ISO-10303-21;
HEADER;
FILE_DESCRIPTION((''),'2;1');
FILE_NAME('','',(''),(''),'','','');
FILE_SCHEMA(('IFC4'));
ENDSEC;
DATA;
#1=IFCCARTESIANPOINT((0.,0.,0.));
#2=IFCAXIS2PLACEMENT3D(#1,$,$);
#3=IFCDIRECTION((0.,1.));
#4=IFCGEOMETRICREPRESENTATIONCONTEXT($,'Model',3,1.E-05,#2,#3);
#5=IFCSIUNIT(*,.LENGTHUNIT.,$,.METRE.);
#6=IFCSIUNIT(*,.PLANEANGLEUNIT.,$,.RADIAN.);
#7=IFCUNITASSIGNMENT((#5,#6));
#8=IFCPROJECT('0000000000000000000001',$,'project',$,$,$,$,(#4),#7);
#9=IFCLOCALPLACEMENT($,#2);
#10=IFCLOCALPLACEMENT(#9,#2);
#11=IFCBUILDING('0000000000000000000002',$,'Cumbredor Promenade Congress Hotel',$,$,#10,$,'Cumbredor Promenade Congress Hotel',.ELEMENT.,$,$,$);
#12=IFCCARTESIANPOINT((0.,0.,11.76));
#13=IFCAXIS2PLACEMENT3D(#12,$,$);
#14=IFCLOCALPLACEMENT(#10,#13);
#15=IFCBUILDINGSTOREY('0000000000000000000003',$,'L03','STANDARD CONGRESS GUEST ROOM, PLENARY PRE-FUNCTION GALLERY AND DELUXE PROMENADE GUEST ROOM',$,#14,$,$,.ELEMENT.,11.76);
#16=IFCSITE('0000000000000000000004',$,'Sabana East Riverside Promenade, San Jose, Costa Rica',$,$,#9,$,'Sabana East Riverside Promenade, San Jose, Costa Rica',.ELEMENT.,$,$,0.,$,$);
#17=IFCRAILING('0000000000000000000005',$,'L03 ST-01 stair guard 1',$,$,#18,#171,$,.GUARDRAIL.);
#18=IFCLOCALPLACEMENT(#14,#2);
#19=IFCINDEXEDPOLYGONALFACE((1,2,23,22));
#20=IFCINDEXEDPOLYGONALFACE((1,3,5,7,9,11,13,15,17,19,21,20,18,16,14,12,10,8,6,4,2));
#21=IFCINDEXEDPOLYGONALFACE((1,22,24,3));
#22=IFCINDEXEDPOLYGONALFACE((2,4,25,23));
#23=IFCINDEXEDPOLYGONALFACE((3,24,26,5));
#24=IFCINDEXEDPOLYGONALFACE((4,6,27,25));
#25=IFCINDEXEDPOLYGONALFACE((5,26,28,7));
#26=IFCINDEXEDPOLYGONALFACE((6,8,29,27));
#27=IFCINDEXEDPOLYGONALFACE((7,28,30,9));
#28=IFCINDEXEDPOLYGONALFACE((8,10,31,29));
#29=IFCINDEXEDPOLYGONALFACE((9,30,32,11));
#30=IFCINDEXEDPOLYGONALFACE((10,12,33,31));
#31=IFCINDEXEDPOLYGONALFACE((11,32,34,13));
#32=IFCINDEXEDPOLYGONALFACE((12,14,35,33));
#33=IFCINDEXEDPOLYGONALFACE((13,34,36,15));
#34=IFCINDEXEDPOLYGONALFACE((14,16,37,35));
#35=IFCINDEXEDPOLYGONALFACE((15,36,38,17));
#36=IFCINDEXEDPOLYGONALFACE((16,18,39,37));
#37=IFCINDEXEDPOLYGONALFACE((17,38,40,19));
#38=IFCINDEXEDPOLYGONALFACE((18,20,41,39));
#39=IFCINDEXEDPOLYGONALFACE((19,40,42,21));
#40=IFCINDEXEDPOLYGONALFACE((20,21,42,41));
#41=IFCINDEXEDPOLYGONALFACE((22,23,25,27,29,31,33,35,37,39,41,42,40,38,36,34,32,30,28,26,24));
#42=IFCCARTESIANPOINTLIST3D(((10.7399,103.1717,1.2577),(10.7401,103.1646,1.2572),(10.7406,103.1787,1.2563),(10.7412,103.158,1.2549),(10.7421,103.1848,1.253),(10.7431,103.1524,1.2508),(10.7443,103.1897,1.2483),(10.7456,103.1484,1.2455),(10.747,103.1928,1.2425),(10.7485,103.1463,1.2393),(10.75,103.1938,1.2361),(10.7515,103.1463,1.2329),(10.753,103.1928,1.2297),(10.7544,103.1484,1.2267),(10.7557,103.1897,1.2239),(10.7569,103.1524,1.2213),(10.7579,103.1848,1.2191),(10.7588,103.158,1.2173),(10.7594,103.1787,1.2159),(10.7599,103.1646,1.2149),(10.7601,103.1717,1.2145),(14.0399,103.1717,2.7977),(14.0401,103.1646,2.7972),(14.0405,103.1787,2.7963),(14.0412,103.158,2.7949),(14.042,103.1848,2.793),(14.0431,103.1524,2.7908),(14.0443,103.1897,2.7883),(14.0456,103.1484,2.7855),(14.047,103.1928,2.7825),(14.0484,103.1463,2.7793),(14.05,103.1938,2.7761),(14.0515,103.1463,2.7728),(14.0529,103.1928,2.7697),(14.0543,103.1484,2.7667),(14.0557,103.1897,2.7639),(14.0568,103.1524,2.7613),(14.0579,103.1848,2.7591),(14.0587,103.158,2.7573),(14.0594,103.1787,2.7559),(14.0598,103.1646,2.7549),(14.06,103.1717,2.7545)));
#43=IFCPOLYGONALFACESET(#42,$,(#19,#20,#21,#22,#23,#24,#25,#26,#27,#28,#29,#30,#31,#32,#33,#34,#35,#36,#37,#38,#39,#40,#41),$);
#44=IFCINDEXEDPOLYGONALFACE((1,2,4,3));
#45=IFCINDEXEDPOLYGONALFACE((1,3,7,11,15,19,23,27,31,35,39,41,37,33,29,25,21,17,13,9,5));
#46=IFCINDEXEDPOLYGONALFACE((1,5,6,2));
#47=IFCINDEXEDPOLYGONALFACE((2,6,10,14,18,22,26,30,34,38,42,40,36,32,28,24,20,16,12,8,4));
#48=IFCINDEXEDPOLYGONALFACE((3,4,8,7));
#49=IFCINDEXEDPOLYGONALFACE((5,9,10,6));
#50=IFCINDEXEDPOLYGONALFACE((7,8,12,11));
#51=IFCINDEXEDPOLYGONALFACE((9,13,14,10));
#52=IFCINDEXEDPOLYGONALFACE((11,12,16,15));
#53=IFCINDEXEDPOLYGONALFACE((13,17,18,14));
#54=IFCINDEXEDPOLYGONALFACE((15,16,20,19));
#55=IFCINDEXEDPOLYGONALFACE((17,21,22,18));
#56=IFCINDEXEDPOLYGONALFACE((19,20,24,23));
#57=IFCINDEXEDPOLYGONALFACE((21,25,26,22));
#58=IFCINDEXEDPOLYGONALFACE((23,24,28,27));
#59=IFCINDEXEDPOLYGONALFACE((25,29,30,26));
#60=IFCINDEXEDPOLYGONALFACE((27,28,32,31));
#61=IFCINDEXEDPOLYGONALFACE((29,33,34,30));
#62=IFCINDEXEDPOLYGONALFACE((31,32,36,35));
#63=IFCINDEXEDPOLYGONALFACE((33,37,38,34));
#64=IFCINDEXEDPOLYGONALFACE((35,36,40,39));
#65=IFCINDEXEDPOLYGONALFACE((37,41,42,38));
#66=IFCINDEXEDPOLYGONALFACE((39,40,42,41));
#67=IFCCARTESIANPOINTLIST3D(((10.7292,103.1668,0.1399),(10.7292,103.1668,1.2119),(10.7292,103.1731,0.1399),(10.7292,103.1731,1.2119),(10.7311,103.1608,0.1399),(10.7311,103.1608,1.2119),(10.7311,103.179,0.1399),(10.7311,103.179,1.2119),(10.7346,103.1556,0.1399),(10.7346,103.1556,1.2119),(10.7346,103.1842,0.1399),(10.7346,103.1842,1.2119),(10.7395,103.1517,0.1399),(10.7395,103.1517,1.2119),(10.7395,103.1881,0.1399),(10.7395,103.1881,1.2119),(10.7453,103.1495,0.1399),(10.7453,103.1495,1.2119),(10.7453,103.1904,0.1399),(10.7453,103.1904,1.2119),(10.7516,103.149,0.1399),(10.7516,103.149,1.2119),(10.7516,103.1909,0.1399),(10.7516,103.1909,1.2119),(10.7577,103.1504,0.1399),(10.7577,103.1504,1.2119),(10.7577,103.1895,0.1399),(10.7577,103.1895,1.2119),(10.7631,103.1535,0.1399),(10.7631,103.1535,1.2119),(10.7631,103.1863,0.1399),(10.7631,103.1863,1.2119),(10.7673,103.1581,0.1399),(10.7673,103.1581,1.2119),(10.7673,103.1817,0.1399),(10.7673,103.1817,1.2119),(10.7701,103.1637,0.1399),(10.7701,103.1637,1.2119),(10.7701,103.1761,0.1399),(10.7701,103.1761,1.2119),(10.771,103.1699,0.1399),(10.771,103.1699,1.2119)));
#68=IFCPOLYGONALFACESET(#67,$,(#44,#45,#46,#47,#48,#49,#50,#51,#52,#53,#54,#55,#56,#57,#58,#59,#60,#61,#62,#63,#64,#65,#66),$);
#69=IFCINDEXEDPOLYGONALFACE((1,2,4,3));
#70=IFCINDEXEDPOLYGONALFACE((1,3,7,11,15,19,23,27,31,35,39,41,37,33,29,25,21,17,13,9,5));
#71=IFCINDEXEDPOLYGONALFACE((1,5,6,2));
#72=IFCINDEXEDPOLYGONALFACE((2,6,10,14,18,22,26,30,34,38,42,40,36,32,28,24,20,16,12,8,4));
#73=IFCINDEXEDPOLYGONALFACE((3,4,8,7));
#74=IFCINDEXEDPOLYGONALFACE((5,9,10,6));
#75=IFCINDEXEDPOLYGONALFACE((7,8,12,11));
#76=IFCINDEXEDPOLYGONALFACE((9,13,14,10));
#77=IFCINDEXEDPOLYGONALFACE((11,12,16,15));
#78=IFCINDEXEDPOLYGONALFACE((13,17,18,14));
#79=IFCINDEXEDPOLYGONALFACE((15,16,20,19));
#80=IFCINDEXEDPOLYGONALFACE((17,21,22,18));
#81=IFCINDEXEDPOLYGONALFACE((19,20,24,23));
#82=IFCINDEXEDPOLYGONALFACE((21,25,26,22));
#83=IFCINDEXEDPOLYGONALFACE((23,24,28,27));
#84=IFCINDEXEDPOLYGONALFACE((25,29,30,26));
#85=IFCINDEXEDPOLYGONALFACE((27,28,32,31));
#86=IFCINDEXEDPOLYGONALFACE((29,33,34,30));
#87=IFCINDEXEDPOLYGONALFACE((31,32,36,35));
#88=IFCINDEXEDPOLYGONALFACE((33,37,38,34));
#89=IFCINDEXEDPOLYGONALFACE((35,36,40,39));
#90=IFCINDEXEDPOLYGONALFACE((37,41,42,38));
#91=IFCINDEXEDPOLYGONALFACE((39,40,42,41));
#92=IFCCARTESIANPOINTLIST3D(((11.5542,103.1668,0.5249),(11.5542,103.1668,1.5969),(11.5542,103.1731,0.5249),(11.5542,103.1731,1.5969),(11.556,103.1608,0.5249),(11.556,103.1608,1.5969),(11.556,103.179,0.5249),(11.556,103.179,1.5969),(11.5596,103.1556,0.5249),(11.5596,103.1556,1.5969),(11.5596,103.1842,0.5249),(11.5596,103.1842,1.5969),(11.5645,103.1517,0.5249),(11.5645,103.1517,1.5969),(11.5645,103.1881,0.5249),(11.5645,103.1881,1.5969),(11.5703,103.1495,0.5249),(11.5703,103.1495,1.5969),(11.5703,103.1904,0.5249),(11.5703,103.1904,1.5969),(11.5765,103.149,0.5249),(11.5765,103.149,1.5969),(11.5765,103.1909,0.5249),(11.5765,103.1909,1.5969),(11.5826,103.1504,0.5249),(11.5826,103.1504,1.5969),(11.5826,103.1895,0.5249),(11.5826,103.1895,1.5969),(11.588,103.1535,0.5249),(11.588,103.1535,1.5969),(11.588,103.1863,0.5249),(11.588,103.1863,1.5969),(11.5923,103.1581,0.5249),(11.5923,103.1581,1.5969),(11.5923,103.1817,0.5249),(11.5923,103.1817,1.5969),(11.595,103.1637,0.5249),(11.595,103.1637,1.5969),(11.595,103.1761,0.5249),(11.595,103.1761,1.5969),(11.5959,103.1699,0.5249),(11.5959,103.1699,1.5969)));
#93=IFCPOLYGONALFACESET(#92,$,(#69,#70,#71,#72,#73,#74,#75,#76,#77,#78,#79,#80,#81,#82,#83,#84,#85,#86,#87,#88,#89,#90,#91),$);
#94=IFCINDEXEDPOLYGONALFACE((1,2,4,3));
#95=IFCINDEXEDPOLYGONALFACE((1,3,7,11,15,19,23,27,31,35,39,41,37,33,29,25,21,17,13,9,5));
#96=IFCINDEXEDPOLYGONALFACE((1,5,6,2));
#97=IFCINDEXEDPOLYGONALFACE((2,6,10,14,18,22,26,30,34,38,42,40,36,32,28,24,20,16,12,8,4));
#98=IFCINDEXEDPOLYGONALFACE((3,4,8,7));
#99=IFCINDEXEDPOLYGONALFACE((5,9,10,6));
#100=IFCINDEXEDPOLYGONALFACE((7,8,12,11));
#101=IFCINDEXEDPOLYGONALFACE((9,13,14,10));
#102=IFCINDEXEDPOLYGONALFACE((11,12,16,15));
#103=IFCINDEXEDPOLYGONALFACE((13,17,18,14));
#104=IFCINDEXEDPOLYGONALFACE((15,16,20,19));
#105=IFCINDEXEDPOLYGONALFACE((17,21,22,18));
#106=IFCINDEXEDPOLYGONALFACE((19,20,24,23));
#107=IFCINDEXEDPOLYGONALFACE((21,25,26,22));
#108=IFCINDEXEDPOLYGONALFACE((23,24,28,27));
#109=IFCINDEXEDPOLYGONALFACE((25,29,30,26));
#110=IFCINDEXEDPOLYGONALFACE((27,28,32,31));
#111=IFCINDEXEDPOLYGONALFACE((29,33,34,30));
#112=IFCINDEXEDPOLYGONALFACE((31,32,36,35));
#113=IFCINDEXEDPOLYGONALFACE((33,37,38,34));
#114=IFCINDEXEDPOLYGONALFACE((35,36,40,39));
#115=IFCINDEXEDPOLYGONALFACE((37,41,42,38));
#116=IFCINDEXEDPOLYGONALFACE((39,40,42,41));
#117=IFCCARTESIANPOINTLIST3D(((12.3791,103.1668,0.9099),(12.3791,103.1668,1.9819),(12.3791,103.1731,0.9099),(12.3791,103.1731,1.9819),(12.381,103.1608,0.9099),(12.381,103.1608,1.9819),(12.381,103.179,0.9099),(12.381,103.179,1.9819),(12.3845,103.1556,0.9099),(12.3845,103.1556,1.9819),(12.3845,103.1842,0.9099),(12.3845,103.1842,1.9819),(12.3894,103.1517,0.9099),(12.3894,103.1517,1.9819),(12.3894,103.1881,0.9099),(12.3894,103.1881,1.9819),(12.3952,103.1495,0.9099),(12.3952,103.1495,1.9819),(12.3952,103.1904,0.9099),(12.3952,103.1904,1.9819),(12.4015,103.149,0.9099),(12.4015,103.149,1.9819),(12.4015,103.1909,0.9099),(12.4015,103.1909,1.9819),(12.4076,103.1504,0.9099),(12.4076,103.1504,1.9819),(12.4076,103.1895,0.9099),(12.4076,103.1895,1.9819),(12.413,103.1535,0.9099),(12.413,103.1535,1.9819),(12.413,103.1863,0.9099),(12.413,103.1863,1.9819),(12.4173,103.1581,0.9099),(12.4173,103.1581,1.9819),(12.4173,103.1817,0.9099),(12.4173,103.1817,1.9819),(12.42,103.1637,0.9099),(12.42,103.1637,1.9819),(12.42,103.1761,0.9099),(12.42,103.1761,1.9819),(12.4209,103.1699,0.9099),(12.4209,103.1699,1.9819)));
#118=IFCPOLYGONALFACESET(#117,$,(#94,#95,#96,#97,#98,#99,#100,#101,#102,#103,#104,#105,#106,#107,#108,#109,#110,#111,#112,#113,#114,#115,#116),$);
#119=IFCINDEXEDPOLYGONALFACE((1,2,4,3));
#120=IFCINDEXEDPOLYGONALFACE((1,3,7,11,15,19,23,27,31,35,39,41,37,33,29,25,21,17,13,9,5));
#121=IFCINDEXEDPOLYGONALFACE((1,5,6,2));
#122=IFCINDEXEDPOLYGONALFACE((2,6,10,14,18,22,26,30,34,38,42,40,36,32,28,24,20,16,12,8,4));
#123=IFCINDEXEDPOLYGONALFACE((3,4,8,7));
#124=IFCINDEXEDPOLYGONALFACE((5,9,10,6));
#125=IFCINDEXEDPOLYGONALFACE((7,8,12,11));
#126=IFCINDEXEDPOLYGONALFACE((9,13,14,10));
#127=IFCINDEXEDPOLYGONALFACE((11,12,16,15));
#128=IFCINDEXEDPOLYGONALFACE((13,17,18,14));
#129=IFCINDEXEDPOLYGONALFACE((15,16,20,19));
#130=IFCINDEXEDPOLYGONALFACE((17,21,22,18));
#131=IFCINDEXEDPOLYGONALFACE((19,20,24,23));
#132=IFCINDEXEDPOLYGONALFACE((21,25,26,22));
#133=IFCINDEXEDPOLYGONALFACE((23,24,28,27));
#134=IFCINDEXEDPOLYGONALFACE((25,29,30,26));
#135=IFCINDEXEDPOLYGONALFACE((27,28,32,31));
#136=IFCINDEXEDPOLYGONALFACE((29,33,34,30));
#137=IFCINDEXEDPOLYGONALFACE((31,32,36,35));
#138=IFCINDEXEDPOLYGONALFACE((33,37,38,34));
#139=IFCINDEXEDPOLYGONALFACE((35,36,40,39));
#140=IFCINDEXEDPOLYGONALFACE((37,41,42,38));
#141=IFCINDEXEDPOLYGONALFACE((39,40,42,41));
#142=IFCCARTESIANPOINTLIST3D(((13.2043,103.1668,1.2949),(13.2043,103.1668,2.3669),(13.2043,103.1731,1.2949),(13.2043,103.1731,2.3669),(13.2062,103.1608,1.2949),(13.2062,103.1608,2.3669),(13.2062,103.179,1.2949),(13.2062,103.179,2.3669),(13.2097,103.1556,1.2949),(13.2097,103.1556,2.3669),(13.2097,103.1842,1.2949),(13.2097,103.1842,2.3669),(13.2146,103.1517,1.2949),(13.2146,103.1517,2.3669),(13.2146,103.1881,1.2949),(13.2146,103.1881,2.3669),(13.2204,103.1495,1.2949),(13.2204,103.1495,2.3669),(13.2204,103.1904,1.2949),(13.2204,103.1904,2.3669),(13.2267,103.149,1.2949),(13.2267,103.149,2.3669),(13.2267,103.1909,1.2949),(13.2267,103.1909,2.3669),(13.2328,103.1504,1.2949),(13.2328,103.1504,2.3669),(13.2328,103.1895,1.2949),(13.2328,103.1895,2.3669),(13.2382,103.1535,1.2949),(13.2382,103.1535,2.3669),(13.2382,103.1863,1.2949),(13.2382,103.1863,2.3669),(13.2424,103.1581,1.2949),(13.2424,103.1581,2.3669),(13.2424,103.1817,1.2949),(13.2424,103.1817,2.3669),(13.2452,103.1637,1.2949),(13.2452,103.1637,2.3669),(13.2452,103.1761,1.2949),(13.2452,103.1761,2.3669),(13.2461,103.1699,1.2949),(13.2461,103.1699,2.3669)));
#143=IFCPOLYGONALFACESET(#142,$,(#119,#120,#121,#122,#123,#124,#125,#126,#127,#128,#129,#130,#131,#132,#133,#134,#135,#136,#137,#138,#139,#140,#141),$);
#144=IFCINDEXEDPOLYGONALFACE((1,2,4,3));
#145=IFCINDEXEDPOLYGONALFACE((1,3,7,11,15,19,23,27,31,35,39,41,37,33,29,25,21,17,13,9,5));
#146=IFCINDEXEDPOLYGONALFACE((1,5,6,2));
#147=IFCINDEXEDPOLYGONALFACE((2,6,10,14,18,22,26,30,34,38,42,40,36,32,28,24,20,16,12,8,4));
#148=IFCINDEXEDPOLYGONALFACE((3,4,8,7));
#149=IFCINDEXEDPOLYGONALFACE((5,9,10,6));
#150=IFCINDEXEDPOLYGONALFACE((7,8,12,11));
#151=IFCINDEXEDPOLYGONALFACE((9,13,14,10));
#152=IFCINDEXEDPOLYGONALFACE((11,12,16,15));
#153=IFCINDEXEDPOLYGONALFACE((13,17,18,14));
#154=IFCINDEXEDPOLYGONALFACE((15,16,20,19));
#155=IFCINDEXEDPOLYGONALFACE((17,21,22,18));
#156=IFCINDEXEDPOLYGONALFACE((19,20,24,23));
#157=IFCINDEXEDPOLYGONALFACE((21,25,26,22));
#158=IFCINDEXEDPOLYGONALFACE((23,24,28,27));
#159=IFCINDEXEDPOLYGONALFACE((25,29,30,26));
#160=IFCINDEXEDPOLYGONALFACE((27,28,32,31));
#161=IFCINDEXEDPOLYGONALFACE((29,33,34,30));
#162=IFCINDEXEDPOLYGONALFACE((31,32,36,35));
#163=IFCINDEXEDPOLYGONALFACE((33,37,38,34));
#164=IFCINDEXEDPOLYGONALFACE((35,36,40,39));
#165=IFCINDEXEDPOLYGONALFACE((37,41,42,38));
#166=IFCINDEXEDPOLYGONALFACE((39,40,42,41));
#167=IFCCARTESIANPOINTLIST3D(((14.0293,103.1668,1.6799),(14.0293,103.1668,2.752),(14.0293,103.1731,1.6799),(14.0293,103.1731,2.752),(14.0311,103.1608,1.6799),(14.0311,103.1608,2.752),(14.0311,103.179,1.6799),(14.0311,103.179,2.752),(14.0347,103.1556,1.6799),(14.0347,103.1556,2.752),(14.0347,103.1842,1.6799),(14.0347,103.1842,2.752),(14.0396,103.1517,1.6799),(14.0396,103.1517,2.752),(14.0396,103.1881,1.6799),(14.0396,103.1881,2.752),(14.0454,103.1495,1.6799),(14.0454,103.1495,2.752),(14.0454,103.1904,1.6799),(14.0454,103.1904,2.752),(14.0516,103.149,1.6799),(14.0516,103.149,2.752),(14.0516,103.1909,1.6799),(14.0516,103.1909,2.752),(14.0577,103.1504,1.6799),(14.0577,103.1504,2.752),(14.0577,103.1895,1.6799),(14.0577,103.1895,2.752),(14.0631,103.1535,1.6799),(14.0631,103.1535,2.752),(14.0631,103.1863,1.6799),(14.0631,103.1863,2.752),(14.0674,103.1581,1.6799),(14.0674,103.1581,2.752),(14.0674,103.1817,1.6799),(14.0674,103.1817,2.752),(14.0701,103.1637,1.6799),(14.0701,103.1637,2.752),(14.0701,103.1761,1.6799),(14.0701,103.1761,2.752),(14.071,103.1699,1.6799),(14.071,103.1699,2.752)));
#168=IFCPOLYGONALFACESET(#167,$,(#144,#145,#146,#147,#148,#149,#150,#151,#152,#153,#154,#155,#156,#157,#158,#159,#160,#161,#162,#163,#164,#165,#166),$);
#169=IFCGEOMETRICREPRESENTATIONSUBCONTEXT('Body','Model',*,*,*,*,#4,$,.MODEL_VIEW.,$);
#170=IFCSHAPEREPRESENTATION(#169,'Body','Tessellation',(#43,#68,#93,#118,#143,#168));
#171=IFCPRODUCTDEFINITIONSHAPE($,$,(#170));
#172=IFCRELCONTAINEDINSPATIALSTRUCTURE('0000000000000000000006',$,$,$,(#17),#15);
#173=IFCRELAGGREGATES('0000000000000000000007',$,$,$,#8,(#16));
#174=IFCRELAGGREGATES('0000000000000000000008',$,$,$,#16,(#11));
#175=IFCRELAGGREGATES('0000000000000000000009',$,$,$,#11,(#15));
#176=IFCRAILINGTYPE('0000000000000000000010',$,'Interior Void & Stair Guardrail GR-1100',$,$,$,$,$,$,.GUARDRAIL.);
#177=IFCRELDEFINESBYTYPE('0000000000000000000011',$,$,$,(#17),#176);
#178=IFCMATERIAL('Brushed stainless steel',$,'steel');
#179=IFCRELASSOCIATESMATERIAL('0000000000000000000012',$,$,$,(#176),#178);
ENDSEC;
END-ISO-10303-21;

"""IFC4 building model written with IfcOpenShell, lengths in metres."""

from ifc_helpers import new_model, si_unit, direction, frame, origin, origin_2d, place, context, subcontext, project, spatial, circle, extrude, material, type_object, element, save


model = new_model("IFC4")

# Units and contexts
model_context = context("Model", 3, precision=1e-05, world=origin(), true_north=direction((0.0, 1.0)))
body_context = subcontext(model_context, "Body", "Model", "MODEL_VIEW")
ifc_project = project(units=[si_unit("LENGTHUNIT", "METRE"), si_unit("PLANEANGLEUNIT", "RADIAN")], contexts=[model_context])

# Site, building, storey
site_placement = place(None, origin())
site = spatial("IfcSite", under=ifc_project, at=site_placement, Name="Sabana East Riverside Promenade, San Jose, Costa Rica", LongName="Sabana East Riverside Promenade, San Jose, Costa Rica", CompositionType="ELEMENT", RefElevation=0.0)
building_placement = place(site_placement, origin())
building = spatial("IfcBuilding", under=site, at=building_placement, Name="Cumbredor Promenade Congress Hotel", LongName="Cumbredor Promenade Congress Hotel", CompositionType="ELEMENT")
storey_placement = place(building_placement, frame((0.0, 0.0, 11.76)))
storey = spatial("IfcBuildingStorey", under=building, at=storey_placement, Name="L03", Description="STANDARD CONGRESS GUEST ROOM, PLENARY PRE-FUNCTION GALLERY AND DELUXE PROMENADE GUEST ROOM", CompositionType="ELEMENT", Elevation=11.76)

# Railing
ifc_material_1 = material(Name="Brushed stainless steel", Category="steel")
railing_type_1 = type_object("IfcRailingType", Name="Interior Void & Stair Guardrail GR-1100", PredefinedType="GUARDRAIL", material=ifc_material_1)
railing_1_placement = place(storey_placement, frame((10.75, 103.1699, 0.1399)))
element("IfcRailing", 1, at=railing_1_placement, inside=storey, type_object=railing_type_1, Name="L03 ST-01 stair guard 1", PredefinedType="GUARDRAIL", context=body_context, shape_type="SweptSolid", body=[
    extrude(circle(Radius=0.0239, at=origin_2d()), frame((0.0, 0.0, 1.0962), z_axis=(0.906181, 0.0, 0.422889), x_axis=(0.0, 1.0, 0.0)), (0.0, 0.0, 1.0), 3.6416),
    extrude(circle(Radius=0.021, at=origin_2d()), origin(), (0.0, 0.0, 1.0), 1.072),
    extrude(circle(Radius=0.021, at=origin_2d()), frame((0.825, 0.0, 0.385)), (0.0, 0.0, 1.0), 1.072),
    extrude(circle(Radius=0.021, at=origin_2d()), frame((1.6499, 0.0, 0.77)), (0.0, 0.0, 1.0), 1.072),
    extrude(circle(Radius=0.021, at=origin_2d()), frame((2.4751, 0.0, 1.155)), (0.0, 0.0, 1.0), 1.072),
    extrude(circle(Radius=0.021, at=origin_2d()), frame((3.3, 0.0, 1.54)), (0.0, 0.0, 1.0), 1.072),
])

save(model, "model.ifc")
